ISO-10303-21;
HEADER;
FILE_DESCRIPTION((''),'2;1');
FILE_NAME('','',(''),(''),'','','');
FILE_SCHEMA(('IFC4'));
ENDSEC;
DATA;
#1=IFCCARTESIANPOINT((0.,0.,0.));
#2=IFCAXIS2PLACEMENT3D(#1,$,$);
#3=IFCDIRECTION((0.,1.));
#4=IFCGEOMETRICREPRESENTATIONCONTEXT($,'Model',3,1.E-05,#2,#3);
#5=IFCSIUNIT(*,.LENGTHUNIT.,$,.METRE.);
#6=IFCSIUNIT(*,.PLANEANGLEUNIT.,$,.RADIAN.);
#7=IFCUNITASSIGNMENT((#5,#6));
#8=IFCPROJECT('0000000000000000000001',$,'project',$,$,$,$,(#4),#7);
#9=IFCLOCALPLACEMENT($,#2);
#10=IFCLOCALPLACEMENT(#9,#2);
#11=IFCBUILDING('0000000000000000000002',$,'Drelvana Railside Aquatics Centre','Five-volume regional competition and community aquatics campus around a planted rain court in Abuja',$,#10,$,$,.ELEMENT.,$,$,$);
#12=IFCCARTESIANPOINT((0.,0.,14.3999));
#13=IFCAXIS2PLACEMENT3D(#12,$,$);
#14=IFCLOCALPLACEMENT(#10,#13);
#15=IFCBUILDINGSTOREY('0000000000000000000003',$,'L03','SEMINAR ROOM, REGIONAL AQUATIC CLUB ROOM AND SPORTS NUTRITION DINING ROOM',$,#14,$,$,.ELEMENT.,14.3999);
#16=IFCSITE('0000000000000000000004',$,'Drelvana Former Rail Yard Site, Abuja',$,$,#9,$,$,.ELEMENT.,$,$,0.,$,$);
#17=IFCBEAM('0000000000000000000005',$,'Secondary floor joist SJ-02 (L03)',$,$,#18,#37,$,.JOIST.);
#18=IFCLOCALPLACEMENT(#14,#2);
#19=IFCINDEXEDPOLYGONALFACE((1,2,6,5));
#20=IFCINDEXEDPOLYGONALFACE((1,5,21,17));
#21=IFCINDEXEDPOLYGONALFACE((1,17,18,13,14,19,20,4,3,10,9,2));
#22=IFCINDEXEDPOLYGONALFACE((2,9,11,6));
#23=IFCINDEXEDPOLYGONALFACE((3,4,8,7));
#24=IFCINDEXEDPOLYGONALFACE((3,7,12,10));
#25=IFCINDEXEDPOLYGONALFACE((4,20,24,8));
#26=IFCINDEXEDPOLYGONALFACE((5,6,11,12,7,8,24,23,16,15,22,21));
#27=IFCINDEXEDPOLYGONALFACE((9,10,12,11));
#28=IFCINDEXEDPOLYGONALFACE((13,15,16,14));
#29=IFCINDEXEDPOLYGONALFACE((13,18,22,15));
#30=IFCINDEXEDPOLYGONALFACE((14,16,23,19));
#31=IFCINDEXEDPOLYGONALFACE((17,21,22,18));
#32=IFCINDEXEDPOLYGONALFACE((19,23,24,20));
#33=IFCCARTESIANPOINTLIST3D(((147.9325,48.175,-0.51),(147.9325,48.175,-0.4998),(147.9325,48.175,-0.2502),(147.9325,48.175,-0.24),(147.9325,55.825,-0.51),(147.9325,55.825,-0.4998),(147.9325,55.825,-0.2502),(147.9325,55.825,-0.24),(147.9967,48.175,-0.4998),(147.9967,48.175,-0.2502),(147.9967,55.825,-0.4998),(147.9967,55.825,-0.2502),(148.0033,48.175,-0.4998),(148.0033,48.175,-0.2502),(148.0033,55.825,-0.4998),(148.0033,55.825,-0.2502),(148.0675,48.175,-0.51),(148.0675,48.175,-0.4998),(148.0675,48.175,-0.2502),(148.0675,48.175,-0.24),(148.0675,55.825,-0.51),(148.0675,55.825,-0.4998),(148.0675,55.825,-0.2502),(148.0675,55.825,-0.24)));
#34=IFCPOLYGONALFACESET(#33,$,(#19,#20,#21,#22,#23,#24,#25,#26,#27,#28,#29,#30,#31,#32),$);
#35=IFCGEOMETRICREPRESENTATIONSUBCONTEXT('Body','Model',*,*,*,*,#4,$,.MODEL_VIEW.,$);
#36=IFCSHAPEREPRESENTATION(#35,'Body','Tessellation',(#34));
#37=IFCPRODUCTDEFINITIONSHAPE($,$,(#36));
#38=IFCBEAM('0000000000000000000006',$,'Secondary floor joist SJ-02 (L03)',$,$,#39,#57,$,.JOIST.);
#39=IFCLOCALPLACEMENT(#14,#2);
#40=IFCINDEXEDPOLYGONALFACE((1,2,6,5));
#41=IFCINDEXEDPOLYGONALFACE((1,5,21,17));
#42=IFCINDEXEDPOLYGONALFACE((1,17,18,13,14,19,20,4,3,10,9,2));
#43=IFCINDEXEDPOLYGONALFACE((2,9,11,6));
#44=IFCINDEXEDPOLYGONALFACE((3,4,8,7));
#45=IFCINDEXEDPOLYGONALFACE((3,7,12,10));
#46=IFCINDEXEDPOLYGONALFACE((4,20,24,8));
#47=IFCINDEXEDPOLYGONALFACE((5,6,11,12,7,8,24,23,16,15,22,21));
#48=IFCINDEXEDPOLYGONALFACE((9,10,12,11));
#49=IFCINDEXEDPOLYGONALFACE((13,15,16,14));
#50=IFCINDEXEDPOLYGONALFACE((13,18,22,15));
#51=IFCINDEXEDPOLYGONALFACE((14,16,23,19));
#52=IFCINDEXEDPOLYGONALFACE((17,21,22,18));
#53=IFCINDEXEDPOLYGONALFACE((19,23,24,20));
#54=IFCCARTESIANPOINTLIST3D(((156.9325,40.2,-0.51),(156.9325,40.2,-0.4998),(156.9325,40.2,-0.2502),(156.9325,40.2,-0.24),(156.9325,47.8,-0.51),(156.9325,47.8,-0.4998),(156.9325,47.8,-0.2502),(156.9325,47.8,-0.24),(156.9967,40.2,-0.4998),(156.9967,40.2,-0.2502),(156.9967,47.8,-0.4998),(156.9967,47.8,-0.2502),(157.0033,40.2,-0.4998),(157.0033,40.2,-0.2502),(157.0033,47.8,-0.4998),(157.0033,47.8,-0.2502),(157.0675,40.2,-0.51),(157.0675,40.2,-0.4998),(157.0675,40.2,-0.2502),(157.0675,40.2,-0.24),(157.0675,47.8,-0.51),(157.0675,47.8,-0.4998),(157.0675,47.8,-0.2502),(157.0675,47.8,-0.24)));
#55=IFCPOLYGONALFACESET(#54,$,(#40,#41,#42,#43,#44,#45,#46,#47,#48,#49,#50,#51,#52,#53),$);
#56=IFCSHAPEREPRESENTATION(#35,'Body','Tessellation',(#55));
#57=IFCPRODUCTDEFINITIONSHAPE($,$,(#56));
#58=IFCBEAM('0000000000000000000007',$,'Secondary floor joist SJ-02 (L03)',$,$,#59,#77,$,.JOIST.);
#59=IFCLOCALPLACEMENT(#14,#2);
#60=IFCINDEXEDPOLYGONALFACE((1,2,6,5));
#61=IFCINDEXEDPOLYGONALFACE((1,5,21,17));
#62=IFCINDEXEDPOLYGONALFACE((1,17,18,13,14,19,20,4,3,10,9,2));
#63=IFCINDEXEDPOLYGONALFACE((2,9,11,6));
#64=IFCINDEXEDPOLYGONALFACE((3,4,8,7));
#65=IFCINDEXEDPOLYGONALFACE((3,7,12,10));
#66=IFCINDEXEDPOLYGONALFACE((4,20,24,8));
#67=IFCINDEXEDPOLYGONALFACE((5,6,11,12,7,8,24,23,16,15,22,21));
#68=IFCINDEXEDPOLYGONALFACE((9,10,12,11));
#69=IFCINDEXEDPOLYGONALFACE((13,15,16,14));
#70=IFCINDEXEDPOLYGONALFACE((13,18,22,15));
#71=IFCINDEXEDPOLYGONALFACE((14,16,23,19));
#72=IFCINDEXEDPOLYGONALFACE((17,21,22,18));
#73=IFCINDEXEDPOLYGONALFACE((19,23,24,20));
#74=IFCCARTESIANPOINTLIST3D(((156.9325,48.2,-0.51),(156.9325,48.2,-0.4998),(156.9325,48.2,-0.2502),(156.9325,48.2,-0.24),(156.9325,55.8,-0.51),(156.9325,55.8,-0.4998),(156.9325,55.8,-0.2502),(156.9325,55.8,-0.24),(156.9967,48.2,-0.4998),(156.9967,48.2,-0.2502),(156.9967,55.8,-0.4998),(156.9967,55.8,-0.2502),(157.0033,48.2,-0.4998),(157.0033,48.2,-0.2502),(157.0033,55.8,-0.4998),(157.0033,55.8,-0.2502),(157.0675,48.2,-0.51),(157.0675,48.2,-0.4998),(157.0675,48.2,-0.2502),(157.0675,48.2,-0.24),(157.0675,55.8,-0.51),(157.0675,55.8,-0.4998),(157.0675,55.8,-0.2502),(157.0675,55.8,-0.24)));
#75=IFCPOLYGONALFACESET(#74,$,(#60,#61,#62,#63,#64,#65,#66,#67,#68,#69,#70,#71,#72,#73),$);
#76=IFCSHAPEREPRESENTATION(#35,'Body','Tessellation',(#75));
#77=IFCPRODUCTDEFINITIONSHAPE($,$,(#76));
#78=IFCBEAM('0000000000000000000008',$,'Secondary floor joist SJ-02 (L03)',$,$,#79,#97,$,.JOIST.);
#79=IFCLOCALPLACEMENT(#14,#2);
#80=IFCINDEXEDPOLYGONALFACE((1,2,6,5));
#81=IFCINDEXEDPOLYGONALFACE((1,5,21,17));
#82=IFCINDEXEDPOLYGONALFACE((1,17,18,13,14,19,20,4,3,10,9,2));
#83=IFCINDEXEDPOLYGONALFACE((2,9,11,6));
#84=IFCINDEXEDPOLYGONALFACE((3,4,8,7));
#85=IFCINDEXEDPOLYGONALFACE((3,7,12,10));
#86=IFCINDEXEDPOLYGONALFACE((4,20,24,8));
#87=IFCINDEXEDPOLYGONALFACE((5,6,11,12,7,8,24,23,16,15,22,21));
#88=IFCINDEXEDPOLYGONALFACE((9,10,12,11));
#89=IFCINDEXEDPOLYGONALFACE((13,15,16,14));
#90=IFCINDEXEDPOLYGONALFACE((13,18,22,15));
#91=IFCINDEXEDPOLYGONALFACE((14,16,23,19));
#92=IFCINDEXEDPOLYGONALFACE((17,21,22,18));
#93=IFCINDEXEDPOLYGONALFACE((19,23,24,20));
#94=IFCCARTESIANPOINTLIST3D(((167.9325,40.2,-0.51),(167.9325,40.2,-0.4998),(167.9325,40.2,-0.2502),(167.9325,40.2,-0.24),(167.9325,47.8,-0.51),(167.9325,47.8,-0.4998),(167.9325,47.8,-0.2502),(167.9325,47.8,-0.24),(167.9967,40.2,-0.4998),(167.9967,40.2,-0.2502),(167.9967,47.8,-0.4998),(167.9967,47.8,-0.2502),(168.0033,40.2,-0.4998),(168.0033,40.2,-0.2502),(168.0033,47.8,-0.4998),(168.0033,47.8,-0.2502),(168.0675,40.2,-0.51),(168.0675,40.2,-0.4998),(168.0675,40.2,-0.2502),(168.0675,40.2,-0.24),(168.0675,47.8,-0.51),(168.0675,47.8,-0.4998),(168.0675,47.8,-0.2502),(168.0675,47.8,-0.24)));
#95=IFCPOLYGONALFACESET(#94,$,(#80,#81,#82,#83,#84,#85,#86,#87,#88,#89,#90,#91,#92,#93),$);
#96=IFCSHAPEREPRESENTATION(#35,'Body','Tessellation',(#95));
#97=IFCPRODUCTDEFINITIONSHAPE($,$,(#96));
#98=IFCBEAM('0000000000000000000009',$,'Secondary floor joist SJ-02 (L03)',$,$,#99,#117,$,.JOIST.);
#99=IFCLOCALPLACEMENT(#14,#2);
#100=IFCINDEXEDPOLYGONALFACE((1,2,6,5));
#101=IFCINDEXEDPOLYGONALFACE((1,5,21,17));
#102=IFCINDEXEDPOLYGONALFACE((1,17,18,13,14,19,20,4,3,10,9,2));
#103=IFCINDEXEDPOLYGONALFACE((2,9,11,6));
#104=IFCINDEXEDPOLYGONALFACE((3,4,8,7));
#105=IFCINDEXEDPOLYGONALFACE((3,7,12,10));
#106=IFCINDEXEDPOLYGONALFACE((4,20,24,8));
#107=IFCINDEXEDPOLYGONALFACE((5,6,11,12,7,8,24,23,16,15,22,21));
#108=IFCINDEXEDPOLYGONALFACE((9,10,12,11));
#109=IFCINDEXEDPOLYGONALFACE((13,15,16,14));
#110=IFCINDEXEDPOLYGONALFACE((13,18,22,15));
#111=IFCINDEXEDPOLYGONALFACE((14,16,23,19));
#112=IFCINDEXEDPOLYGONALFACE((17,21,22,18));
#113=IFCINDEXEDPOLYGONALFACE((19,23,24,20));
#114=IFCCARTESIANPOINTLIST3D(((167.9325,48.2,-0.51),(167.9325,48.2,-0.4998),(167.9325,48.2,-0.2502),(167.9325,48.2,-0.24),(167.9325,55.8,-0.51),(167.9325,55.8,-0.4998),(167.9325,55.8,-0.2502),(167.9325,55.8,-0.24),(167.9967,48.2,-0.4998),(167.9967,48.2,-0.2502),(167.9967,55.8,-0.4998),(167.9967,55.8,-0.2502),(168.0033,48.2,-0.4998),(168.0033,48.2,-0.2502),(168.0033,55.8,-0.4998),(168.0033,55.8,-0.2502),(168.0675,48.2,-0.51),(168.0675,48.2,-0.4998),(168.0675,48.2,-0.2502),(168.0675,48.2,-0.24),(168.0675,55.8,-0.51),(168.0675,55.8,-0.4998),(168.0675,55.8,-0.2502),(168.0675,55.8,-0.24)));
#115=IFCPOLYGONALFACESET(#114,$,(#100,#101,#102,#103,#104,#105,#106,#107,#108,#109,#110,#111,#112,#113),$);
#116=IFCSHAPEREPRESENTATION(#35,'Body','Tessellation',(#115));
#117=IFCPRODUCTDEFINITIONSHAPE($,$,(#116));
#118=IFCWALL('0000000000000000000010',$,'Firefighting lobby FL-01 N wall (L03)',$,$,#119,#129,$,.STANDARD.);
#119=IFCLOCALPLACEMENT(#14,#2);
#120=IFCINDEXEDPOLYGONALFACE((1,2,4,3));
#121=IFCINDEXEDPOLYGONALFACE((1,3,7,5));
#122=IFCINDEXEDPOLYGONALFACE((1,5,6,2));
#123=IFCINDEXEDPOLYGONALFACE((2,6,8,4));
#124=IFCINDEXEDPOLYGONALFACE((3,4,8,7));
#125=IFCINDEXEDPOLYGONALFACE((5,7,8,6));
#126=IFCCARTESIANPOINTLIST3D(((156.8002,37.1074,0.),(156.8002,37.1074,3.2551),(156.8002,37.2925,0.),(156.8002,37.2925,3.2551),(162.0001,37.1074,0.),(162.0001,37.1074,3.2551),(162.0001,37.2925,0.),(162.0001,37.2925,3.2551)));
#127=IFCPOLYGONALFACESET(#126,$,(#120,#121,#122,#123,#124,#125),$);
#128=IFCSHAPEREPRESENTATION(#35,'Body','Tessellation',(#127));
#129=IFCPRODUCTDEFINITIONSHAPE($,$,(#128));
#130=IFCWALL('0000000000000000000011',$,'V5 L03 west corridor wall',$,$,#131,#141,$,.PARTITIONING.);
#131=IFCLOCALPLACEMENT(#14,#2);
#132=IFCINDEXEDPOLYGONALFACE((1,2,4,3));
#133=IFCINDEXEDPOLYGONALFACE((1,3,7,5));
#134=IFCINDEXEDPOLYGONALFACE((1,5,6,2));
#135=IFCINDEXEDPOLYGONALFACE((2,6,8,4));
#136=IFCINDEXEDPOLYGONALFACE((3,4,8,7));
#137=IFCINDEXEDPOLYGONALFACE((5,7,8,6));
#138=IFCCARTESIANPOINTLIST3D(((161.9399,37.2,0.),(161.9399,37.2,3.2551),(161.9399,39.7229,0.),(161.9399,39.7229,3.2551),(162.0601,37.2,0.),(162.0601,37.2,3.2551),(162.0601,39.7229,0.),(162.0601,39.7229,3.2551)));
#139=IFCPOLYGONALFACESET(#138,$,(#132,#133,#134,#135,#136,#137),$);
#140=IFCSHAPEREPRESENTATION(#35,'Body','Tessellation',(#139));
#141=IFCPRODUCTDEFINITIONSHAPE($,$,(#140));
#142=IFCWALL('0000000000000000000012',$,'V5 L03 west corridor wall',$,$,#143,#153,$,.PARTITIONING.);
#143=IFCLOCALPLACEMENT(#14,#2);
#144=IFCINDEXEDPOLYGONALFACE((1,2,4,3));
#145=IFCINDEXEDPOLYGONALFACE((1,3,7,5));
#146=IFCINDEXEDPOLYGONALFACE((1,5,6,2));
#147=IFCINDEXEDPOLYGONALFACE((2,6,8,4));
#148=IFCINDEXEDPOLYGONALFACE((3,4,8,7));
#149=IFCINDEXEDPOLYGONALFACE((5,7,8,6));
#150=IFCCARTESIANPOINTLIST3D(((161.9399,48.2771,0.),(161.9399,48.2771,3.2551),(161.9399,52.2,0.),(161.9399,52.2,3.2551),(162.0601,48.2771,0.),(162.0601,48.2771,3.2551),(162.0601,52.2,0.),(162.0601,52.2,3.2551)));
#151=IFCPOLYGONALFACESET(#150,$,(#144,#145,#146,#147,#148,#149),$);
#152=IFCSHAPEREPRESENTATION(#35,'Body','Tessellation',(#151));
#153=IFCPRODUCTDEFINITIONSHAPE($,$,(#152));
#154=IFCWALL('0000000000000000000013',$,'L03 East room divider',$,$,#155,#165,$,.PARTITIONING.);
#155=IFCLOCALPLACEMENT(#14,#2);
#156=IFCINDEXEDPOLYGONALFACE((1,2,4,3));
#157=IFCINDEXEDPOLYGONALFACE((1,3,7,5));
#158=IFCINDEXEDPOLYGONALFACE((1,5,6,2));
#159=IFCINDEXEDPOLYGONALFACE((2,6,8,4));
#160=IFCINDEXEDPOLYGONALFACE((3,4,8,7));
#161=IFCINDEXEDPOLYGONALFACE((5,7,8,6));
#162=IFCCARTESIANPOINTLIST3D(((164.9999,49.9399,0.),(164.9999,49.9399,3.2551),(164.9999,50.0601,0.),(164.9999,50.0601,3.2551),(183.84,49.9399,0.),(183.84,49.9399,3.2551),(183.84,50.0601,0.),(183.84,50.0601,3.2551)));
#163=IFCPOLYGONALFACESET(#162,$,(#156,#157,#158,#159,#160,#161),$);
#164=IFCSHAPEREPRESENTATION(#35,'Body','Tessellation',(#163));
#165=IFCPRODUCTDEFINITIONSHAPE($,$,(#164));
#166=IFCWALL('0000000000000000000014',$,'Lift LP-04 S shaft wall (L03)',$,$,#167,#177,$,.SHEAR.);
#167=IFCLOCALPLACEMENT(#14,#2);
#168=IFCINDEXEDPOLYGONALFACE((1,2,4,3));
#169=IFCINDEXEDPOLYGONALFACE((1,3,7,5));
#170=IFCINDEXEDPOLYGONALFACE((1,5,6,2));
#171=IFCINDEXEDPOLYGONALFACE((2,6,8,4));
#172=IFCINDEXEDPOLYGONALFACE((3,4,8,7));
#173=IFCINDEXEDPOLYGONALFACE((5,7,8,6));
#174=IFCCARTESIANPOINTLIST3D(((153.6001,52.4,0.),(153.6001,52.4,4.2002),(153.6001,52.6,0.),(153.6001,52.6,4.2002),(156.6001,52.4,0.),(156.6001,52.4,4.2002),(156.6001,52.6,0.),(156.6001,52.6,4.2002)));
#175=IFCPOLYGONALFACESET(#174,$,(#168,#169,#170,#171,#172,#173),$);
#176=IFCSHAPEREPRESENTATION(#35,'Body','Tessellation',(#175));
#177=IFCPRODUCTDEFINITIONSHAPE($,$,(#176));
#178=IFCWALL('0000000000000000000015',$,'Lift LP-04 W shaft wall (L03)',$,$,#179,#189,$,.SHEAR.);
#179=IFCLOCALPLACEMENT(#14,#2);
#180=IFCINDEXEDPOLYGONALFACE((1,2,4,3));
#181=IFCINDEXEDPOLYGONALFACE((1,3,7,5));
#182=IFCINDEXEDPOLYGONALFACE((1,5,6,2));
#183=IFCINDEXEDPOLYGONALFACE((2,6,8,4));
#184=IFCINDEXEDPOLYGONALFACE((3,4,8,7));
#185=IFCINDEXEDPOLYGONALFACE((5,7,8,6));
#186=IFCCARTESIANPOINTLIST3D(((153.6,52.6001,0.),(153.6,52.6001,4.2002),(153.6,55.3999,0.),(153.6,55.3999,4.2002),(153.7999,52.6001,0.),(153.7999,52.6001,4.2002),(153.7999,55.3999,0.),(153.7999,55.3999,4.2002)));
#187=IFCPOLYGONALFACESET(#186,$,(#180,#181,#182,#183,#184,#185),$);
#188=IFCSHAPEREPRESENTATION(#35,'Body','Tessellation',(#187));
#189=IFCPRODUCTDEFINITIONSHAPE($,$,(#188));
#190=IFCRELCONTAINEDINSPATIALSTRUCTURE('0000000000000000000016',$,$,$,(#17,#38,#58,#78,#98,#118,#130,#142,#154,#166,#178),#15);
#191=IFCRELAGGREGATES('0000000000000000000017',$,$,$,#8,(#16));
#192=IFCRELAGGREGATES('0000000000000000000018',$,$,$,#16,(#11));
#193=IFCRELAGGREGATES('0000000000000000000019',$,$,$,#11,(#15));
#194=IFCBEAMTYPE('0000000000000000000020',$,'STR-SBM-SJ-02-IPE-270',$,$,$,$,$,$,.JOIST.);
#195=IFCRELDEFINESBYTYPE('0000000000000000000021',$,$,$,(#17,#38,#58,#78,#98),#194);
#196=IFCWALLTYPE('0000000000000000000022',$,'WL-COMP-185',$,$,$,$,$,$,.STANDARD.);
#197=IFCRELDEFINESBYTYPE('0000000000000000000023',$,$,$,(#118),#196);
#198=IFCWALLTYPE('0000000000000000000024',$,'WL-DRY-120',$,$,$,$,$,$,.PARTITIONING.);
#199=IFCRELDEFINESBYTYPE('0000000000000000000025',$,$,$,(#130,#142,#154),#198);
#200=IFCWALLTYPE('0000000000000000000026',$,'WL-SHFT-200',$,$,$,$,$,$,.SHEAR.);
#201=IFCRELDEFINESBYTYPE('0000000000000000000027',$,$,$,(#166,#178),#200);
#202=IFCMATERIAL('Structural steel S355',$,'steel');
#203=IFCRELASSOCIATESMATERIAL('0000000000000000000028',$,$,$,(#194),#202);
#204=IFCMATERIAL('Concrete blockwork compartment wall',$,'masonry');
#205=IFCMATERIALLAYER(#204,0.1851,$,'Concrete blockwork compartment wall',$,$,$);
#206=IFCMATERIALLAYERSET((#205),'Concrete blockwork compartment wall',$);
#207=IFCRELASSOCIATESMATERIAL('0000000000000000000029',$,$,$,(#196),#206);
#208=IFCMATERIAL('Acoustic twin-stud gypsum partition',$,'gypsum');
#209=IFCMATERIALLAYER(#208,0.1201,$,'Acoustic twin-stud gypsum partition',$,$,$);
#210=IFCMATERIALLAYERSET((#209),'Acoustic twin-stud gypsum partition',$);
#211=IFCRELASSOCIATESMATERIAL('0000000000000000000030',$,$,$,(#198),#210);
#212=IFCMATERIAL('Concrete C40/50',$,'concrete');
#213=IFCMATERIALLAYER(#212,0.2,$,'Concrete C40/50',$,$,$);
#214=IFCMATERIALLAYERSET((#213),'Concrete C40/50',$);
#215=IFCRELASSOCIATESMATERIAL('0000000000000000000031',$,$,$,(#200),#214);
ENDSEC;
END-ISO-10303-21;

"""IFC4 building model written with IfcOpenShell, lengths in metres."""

from ifc_helpers import new_model, si_unit, direction, frame, frame_2d, origin, origin_2d, place, context, subcontext, project, spatial, rectangle, i_section, extrude, material, layer, layer_set, material_profile, profile_set, type_object, element, save


model = new_model("IFC4")

# Units and contexts
model_context = context("Model", 3, precision=1e-05, world=origin(), true_north=direction((0.0, 1.0)))
body_context = subcontext(model_context, "Body", "Model", "MODEL_VIEW")
ifc_project = project(units=[si_unit("LENGTHUNIT", "METRE"), si_unit("PLANEANGLEUNIT", "RADIAN")], contexts=[model_context])

# Site, building, storey
site_placement = place(None, origin())
site = spatial("IfcSite", under=ifc_project, at=site_placement, Name="Drelvana Former Rail Yard Site, Abuja", CompositionType="ELEMENT", RefElevation=0.0)
building_placement = place(site_placement, origin())
building = spatial("IfcBuilding", under=site, at=building_placement, Name="Drelvana Railside Aquatics Centre", Description="Five-volume regional competition and community aquatics campus around a planted rain court in Abuja", CompositionType="ELEMENT")
storey_placement = place(building_placement, frame((0.0, 0.0, 14.3999)))
storey = spatial("IfcBuildingStorey", under=building, at=storey_placement, Name="L03", Description="SEMINAR ROOM, REGIONAL AQUATIC CLUB ROOM AND SPORTS NUTRITION DINING ROOM", CompositionType="ELEMENT", Elevation=14.3999)

# Shared definitions
ifc_material_1 = material(Name="Concrete C40/50", Category="concrete")

# Beams
ifc_material_2 = material(Name="Structural steel S355", Category="steel")
ifc_material_profile_1 = material_profile(ifc_material_2, i_section(OverallWidth=0.135, OverallDepth=0.27, WebThickness=0.0066, FlangeThickness=0.0103, at=origin_2d()), Name="IPE 270")
ifc_profile_set_1 = profile_set([ifc_material_profile_1], Name="Structural steel S355")
beam_type_1 = type_object("IfcBeamType", Name="STR-SBM-SJ-02-IPE-270", PredefinedType="JOIST", material=ifc_profile_set_1)
for number, where, z_axis, x_axis, name in (
    (1, (148.0, 48.175, -0.375), (0.0, 1.0, 0.0), (-1.0, 0.0, 0.0), "Secondary floor joist SJ-02 (L03)"),
):
    element("IfcBeam", number, at=place(storey_placement, frame(where, z_axis=z_axis, x_axis=x_axis)), inside=storey, type_object=beam_type_1, Name=name, PredefinedType="JOIST", context=body_context, shape_type="SweptSolid", body=[
        extrude(i_section(OverallWidth=0.135, OverallDepth=0.27, WebThickness=0.0066, FlangeThickness=0.0103, at=origin_2d()), origin(), (0.0, 0.0, 1.0), 7.6499),
    ])
for number, where, z_axis, x_axis, name in (
    (2, (157.0, 40.2, -0.375), (0.0, 1.0, 0.0), (-1.0, 0.0, 0.0), "Secondary floor joist SJ-02 (L03)"),
    (3, (157.0, 48.2, -0.375), (0.0, 1.0, 0.0), (-1.0, 0.0, 0.0), "Secondary floor joist SJ-02 (L03)"),
    (4, (168.0, 40.2, -0.375), (0.0, 1.0, 0.0), (-1.0, 0.0, 0.0), "Secondary floor joist SJ-02 (L03)"),
    (5, (168.0, 48.2, -0.375), (0.0, 1.0, 0.0), (-1.0, 0.0, 0.0), "Secondary floor joist SJ-02 (L03)"),
):
    element("IfcBeam", number, at=place(storey_placement, frame(where, z_axis=z_axis, x_axis=x_axis)), inside=storey, type_object=beam_type_1, Name=name, PredefinedType="JOIST", context=body_context, shape_type="SweptSolid", body=[
        extrude(i_section(OverallWidth=0.135, OverallDepth=0.27, WebThickness=0.0066, FlangeThickness=0.0103, at=origin_2d()), origin(), (0.0, 0.0, 1.0), 7.6001),
    ])

# Walls
ifc_material_3 = material(Name="Concrete blockwork compartment wall", Category="masonry")
ifc_layer_1 = layer(ifc_material_3, 0.1851, Name="Concrete blockwork compartment wall")
ifc_layer_set_1 = layer_set([ifc_layer_1], Name="Concrete blockwork compartment wall")
wall_type_1 = type_object("IfcWallType", Name="WL-COMP-185", PredefinedType="STANDARD", material=ifc_layer_set_1)
wall_1_placement = place(storey_placement, frame((156.8, 37.2, 0.0), z_axis=(0.0, 0.0, 1.0), x_axis=(1.0, 0.0, 0.0)))
element("IfcWall", 6, at=wall_1_placement, inside=storey, type_object=wall_type_1, Name="Firefighting lobby FL-01 N wall (L03)", PredefinedType="STANDARD", context=body_context, shape_type="SweptSolid", body=[
    extrude(rectangle(XDim=5.2, YDim=0.1851, at=frame_2d((2.6001, 0.0))), origin(), (0.0, 0.0, 1.0), 3.2551),
])
ifc_material_4 = material(Name="Acoustic twin-stud gypsum partition", Category="gypsum")
ifc_layer_2 = layer(ifc_material_4, 0.1201, Name="Acoustic twin-stud gypsum partition")
ifc_layer_set_2 = layer_set([ifc_layer_2], Name="Acoustic twin-stud gypsum partition")
wall_type_2 = type_object("IfcWallType", Name="WL-DRY-120", PredefinedType="PARTITIONING", material=ifc_layer_set_2)
wall_2_placement = place(storey_placement, frame((162.0, 37.2, 0.0), z_axis=(0.0, 0.0, 1.0), x_axis=(0.0, 1.0, 0.0)))
element("IfcWall", 7, at=wall_2_placement, inside=storey, type_object=wall_type_2, Name="V5 L03 west corridor wall", PredefinedType="PARTITIONING", context=body_context, shape_type="SweptSolid", body=[
    extrude(rectangle(XDim=2.5229, YDim=0.1201, at=frame_2d((1.2615, 0.0))), origin(), (0.0, 0.0, 1.0), 3.2551),
])

# Walls
wall_3_placement = place(storey_placement, frame((162.0, 48.2771, 0.0), z_axis=(0.0, 0.0, 1.0), x_axis=(0.0, 1.0, 0.0)))
element("IfcWall", 8, at=wall_3_placement, inside=storey, type_object=wall_type_2, Name="V5 L03 west corridor wall", PredefinedType="PARTITIONING", context=body_context, shape_type="SweptSolid", body=[
    extrude(rectangle(XDim=3.9229, YDim=0.1201, at=frame_2d((1.9614, 0.0))), origin(), (0.0, 0.0, 1.0), 3.2551),
])
wall_4_placement = place(storey_placement, frame((165.0, 50.0, 0.0), z_axis=(0.0, 0.0, 1.0), x_axis=(1.0, 0.0, 0.0)))
element("IfcWall", 9, at=wall_4_placement, inside=storey, type_object=wall_type_2, Name="L03 East room divider", PredefinedType="PARTITIONING", context=body_context, shape_type="SweptSolid", body=[
    extrude(rectangle(XDim=18.8401, YDim=0.1201, at=frame_2d((9.4199, 0.0))), origin(), (0.0, 0.0, 1.0), 3.2551),
])
ifc_layer_3 = layer(ifc_material_1, 0.2, Name="Concrete C40/50")
ifc_layer_set_3 = layer_set([ifc_layer_3], Name="Concrete C40/50")
wall_type_3 = type_object("IfcWallType", Name="WL-SHFT-200", PredefinedType="SHEAR", material=ifc_layer_set_3)
wall_5_placement = place(storey_placement, frame((153.6001, 52.5, 0.0), z_axis=(0.0, 0.0, 1.0), x_axis=(1.0, 0.0, 0.0)))
element("IfcWall", 10, at=wall_5_placement, inside=storey, type_object=wall_type_3, Name="Lift LP-04 S shaft wall (L03)", PredefinedType="SHEAR", context=body_context, shape_type="SweptSolid", body=[
    extrude(rectangle(XDim=3.0, YDim=0.2, at=frame_2d((1.5, 0.0))), origin(), (0.0, 0.0, 1.0), 4.2002),
])
wall_6_placement = place(storey_placement, frame((153.7, 52.6001, 0.0), z_axis=(0.0, 0.0, 1.0), x_axis=(0.0, 1.0, 0.0)))
element("IfcWall", 11, at=wall_6_placement, inside=storey, type_object=wall_type_3, Name="Lift LP-04 W shaft wall (L03)", PredefinedType="SHEAR", context=body_context, shape_type="SweptSolid", body=[
    extrude(rectangle(XDim=2.7998, YDim=0.2, at=frame_2d((1.3999, 0.0))), origin(), (0.0, 0.0, 1.0), 4.2002),
])

save(model, "model.ifc")
